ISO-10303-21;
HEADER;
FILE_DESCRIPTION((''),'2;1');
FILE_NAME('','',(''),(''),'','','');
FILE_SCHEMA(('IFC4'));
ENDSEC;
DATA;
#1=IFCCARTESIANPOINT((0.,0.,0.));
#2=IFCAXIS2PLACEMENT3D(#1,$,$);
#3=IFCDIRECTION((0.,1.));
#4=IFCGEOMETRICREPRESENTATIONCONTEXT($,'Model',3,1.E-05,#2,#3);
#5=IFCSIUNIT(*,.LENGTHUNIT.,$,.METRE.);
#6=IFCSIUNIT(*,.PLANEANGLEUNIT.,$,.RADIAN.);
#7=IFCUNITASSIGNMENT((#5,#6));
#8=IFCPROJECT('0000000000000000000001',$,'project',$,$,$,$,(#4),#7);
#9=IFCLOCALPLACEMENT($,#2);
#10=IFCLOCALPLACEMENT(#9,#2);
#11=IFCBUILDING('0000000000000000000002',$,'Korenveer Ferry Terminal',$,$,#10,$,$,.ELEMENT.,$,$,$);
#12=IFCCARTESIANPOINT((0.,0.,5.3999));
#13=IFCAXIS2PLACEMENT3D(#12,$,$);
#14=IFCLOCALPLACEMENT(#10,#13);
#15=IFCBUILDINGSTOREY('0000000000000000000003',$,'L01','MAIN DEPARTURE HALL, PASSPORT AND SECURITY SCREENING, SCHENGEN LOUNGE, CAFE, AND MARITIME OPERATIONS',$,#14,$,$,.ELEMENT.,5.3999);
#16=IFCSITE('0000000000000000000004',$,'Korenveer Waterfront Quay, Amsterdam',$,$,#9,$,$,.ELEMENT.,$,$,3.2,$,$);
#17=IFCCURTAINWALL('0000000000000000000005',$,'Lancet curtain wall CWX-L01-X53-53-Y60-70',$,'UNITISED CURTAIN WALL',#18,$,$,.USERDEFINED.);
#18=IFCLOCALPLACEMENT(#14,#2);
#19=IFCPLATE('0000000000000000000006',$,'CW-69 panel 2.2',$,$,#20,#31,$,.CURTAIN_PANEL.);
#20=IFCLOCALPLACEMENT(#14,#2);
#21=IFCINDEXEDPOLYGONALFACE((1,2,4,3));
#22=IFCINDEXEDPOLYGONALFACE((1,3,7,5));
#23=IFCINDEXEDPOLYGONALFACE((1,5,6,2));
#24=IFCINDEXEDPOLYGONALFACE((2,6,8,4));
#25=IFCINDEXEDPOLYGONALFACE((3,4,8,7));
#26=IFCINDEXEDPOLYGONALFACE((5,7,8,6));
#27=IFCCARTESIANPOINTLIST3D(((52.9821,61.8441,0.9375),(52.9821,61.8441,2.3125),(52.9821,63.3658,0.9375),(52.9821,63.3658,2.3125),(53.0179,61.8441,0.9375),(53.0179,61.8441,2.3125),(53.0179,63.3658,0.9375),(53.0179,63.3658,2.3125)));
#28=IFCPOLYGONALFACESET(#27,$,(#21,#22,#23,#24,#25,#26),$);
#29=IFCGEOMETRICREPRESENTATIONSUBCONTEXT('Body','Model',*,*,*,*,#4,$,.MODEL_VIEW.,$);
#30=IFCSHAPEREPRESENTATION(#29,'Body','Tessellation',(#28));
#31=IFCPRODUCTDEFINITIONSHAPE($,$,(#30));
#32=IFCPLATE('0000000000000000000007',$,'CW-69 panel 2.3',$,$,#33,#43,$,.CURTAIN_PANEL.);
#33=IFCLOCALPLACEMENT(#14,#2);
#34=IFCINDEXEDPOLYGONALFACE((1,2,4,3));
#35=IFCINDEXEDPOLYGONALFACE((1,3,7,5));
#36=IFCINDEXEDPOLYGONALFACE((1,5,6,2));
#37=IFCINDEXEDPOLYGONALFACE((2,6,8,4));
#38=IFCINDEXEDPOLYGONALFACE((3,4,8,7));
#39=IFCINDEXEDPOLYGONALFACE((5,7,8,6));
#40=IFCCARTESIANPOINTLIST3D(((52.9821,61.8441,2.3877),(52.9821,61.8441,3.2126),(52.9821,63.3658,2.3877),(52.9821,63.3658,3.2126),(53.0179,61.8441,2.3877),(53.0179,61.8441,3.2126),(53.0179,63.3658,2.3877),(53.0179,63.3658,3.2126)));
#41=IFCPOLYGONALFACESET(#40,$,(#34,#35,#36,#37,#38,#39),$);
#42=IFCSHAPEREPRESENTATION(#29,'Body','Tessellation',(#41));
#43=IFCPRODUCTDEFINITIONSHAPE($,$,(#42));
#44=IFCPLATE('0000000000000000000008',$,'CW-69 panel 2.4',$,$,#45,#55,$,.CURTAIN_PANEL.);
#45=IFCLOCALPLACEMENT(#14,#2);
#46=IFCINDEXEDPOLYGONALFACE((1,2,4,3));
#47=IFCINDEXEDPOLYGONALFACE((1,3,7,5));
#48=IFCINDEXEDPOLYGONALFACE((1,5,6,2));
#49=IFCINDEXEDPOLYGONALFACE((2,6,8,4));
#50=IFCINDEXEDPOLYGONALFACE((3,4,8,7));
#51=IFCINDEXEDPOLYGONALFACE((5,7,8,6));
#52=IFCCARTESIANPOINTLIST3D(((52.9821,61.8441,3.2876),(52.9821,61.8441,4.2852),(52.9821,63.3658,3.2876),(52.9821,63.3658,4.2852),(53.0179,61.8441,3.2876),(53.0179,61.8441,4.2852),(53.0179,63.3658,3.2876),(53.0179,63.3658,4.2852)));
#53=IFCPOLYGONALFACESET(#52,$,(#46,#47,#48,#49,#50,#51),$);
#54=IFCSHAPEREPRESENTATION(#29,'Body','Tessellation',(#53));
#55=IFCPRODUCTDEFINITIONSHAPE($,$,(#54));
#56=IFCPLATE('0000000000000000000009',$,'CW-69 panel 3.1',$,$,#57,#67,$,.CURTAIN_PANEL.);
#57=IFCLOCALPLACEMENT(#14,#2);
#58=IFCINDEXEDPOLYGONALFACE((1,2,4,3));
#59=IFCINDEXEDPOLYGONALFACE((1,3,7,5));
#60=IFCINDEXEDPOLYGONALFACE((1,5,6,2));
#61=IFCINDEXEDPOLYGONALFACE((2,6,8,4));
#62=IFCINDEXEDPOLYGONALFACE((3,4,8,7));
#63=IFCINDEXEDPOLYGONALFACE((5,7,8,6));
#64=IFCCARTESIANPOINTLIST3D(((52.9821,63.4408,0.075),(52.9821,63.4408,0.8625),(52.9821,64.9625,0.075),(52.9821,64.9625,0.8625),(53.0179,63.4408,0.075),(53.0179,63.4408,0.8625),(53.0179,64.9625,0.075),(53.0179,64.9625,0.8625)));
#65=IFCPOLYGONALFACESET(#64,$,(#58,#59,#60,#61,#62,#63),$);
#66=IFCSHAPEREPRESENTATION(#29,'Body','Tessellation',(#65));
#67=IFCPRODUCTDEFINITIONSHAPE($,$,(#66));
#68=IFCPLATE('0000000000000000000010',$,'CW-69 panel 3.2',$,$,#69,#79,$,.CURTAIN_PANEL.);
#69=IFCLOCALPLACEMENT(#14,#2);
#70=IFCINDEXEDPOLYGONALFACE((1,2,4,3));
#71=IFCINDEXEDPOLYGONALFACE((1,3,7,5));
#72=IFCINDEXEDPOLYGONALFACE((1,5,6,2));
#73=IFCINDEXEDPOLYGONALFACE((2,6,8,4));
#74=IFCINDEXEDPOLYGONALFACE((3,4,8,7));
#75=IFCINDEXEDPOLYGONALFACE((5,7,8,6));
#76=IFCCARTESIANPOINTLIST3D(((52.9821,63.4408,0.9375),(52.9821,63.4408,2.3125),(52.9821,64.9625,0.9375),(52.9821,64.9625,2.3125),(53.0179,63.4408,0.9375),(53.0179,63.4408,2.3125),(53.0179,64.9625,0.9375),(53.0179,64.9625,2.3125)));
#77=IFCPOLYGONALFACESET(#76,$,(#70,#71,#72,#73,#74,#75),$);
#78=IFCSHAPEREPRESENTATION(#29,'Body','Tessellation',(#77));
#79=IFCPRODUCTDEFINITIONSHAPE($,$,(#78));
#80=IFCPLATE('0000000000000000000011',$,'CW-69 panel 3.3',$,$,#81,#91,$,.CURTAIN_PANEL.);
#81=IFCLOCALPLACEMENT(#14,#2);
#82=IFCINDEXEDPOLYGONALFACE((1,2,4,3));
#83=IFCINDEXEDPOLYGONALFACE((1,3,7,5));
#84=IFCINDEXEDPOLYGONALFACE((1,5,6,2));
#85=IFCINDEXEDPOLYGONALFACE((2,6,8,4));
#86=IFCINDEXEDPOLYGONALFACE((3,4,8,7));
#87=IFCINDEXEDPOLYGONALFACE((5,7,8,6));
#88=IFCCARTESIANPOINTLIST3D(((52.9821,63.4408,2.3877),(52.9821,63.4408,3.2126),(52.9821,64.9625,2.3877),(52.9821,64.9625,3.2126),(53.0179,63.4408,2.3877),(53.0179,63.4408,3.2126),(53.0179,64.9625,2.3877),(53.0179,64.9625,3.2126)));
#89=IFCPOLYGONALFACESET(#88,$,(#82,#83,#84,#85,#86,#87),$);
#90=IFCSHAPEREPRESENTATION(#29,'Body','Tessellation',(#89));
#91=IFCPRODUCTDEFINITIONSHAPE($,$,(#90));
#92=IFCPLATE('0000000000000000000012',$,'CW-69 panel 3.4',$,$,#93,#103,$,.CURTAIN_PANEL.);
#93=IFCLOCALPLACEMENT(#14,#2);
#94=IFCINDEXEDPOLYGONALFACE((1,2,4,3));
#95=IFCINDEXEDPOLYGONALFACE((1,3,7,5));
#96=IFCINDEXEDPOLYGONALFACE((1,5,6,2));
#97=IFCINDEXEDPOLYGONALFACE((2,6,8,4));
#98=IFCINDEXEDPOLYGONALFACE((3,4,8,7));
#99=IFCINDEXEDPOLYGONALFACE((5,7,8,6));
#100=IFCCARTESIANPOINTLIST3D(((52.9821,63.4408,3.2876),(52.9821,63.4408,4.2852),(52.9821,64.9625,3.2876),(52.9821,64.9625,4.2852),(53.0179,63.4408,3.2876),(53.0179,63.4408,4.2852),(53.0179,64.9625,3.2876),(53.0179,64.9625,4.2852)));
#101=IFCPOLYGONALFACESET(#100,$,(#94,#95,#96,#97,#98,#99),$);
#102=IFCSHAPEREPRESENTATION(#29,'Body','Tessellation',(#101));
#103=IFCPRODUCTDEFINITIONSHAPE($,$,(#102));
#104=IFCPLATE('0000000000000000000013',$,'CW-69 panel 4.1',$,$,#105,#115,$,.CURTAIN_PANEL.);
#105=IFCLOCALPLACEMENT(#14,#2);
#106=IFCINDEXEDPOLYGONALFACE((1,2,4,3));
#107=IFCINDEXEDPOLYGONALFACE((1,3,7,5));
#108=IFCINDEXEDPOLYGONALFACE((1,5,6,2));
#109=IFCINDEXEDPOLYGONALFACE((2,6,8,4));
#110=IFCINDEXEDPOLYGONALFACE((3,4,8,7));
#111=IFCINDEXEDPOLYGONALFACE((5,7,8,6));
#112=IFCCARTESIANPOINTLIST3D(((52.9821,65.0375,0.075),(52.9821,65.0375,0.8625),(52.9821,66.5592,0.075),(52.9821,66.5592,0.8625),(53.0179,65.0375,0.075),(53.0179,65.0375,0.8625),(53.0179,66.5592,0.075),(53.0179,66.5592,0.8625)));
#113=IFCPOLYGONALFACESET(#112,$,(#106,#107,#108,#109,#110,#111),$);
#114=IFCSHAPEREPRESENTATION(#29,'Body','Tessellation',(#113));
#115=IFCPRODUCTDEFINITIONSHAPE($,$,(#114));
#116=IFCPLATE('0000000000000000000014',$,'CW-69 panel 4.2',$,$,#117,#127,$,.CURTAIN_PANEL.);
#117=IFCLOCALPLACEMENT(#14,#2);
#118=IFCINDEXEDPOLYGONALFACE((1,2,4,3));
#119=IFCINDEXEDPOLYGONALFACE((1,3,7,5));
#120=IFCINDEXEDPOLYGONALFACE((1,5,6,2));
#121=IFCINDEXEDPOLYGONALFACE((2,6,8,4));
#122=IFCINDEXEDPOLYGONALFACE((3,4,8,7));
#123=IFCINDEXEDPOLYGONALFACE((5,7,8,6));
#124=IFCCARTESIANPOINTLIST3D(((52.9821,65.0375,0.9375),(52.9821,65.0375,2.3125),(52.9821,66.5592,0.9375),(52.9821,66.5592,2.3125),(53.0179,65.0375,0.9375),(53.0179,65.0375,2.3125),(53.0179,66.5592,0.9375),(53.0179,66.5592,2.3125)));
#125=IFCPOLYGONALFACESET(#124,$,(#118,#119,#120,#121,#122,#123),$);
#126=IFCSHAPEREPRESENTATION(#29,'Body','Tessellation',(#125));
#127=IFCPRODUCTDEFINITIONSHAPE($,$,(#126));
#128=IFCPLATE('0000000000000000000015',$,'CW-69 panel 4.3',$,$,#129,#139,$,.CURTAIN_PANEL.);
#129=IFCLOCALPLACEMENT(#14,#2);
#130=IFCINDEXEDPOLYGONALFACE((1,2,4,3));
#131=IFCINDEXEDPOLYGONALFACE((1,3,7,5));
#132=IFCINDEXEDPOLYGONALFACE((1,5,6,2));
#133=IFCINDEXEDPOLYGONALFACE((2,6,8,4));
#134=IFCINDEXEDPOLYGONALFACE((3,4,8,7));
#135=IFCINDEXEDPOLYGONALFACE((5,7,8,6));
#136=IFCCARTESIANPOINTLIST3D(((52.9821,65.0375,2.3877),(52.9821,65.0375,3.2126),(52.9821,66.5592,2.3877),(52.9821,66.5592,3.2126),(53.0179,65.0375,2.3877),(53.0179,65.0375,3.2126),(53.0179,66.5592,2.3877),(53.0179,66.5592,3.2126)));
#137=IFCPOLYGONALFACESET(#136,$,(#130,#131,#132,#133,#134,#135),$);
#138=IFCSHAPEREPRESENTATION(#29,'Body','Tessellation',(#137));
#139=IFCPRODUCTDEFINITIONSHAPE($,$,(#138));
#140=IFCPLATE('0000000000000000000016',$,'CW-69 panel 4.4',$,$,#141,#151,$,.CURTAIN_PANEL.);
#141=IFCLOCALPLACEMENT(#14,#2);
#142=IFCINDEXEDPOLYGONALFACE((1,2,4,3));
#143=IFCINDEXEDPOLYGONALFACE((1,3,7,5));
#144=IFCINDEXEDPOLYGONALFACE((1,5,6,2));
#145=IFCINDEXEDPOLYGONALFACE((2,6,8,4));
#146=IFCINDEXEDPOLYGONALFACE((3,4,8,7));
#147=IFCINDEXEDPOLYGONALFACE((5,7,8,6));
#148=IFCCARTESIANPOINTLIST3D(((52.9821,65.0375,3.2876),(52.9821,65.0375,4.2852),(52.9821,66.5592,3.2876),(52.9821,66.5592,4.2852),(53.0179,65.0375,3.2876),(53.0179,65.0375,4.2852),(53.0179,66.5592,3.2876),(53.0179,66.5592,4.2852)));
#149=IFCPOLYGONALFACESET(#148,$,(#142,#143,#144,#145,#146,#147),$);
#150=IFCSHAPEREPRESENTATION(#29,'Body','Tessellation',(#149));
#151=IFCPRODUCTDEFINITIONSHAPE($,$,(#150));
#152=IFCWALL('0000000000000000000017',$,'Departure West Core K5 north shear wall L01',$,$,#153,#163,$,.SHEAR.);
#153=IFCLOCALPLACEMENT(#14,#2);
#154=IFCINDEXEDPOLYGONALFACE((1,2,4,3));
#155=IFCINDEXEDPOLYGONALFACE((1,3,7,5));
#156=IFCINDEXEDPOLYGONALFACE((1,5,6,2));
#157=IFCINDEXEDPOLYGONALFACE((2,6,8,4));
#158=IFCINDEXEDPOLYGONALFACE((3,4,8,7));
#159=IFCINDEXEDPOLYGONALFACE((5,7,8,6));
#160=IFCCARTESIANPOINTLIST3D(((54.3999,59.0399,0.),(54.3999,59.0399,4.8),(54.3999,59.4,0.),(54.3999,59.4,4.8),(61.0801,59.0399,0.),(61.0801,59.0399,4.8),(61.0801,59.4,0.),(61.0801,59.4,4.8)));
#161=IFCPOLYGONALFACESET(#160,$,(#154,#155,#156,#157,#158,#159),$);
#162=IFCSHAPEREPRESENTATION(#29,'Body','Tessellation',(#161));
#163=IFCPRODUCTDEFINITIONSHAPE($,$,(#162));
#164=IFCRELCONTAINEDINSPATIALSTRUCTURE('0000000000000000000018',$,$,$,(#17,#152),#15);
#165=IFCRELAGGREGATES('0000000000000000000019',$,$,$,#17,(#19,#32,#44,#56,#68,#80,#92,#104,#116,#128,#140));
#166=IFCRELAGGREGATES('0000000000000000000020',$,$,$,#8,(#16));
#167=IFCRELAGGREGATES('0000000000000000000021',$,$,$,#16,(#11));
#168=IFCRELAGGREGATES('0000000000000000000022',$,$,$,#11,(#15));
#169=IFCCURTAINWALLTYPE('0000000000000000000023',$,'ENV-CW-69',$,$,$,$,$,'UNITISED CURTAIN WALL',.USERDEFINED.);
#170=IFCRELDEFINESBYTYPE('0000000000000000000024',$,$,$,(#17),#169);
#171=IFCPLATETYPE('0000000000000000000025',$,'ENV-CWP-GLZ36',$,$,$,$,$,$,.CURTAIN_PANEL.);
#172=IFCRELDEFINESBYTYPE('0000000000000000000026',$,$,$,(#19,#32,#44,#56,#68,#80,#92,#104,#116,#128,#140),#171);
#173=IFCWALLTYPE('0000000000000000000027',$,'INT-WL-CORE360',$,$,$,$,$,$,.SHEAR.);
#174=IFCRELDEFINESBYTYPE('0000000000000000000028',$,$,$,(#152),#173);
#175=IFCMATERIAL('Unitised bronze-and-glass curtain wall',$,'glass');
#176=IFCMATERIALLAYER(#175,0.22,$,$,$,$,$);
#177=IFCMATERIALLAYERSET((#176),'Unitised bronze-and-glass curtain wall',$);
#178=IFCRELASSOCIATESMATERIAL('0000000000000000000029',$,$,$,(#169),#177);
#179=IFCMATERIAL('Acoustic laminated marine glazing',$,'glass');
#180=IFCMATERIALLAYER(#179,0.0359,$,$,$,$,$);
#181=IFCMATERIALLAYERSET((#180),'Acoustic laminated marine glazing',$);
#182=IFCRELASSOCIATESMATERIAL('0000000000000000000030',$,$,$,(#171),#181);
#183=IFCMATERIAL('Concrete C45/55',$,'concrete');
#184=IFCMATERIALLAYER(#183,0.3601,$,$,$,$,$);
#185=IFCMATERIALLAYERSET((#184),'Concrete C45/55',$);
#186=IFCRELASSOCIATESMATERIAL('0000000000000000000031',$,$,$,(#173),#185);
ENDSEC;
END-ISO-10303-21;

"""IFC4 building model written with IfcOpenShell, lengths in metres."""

from ifc_helpers import new_model, si_unit, direction, frame, frame_2d, origin, origin_2d, place, context, subcontext, project, spatial, rectangle, extrude, material, layer, layer_set, type_object, element, aggregate, save


model = new_model("IFC4")

# Units and contexts
model_context = context("Model", 3, precision=1e-05, world=origin(), true_north=direction((0.0, 1.0)))
body_context = subcontext(model_context, "Body", "Model", "MODEL_VIEW")
ifc_project = project(units=[si_unit("LENGTHUNIT", "METRE"), si_unit("PLANEANGLEUNIT", "RADIAN")], contexts=[model_context])

# Site, building, storey
site_placement = place(None, origin())
site = spatial("IfcSite", under=ifc_project, at=site_placement, Name="Korenveer Waterfront Quay, Amsterdam", CompositionType="ELEMENT", RefElevation=3.2)
building_placement = place(site_placement, origin())
building = spatial("IfcBuilding", under=site, at=building_placement, Name="Korenveer Ferry Terminal", CompositionType="ELEMENT")
storey_placement = place(building_placement, frame((0.0, 0.0, 5.3999)))
storey = spatial("IfcBuildingStorey", under=building, at=storey_placement, Name="L01", Description="MAIN DEPARTURE HALL, PASSPORT AND SECURITY SCREENING, SCHENGEN LOUNGE, CAFE, AND MARITIME OPERATIONS", CompositionType="ELEMENT", Elevation=5.3999)

# Curtain wall
ifc_material_1 = material(Name="Unitised bronze-and-glass curtain wall", Category="glass")
ifc_layer_1 = layer(ifc_material_1, 0.22)
ifc_layer_set_1 = layer_set([ifc_layer_1], Name="Unitised bronze-and-glass curtain wall")
curtain_wall_type = type_object("IfcCurtainWallType", Name="ENV-CW-69", ElementType="UNITISED CURTAIN WALL", PredefinedType="USERDEFINED", material=ifc_layer_set_1)
curtain_wall_placement = place(storey_placement, frame((53.0, 60.21, 0.0)))
curtain_wall = element("IfcCurtainWall", 1, at=curtain_wall_placement, inside=storey, type_object=curtain_wall_type, Name="Lancet curtain wall CWX-L01-X53-53-Y60-70", ObjectType="UNITISED CURTAIN WALL", PredefinedType="USERDEFINED")

# Plates
ifc_material_2 = material(Name="Acoustic laminated marine glazing", Category="glass")
ifc_layer_2 = layer(ifc_material_2, 0.0359)
ifc_layer_set_2 = layer_set([ifc_layer_2], Name="Acoustic laminated marine glazing")
plate_type = type_object("IfcPlateType", Name="ENV-CWP-GLZ36", PredefinedType="CURTAIN_PANEL", material=ifc_layer_set_2)
plate_1_placement = place(storey_placement, frame((53.0, 62.605, 0.9375), z_axis=(0.0, 0.0, 1.0), x_axis=(0.0, 1.0, 0.0)))
plate_1 = element("IfcPlate", 2, at=plate_1_placement, type_object=plate_type, Name="CW-69 panel 2.2", PredefinedType="CURTAIN_PANEL", context=body_context, shape_type="SweptSolid", body=[
    extrude(rectangle(XDim=1.5217, YDim=0.0359, at=origin_2d()), origin(), (0.0, 0.0, 1.0), 1.375),
])
plate_2_placement = place(storey_placement, frame((53.0, 62.605, 2.3877), z_axis=(0.0, 0.0, 1.0), x_axis=(0.0, 1.0, 0.0)))
plate_2 = element("IfcPlate", 3, at=plate_2_placement, type_object=plate_type, Name="CW-69 panel 2.3", PredefinedType="CURTAIN_PANEL", context=body_context, shape_type="SweptSolid", body=[
    extrude(rectangle(XDim=1.5217, YDim=0.0359, at=origin_2d()), origin(), (0.0, 0.0, 1.0), 0.825),
])
plate_3_placement = place(storey_placement, frame((53.0, 62.605, 3.2876), z_axis=(0.0, 0.0, 1.0), x_axis=(0.0, 1.0, 0.0)))
plate_3 = element("IfcPlate", 4, at=plate_3_placement, type_object=plate_type, Name="CW-69 panel 2.4", PredefinedType="CURTAIN_PANEL", context=body_context, shape_type="SweptSolid", body=[
    extrude(rectangle(XDim=1.5217, YDim=0.0359, at=origin_2d()), origin(), (0.0, 0.0, 1.0), 0.9976),
])
plate_4_placement = place(storey_placement, frame((53.0, 64.2017, 0.075), z_axis=(0.0, 0.0, 1.0), x_axis=(0.0, 1.0, 0.0)))
plate_4 = element("IfcPlate", 5, at=plate_4_placement, type_object=plate_type, Name="CW-69 panel 3.1", PredefinedType="CURTAIN_PANEL", context=body_context, shape_type="SweptSolid", body=[
    extrude(rectangle(XDim=1.5217, YDim=0.0359, at=origin_2d()), origin(), (0.0, 0.0, 1.0), 0.7876),
])
plate_5_placement = place(storey_placement, frame((53.0, 64.2017, 0.9375), z_axis=(0.0, 0.0, 1.0), x_axis=(0.0, 1.0, 0.0)))
plate_5 = element("IfcPlate", 6, at=plate_5_placement, type_object=plate_type, Name="CW-69 panel 3.2", PredefinedType="CURTAIN_PANEL", context=body_context, shape_type="SweptSolid", body=[
    extrude(rectangle(XDim=1.5217, YDim=0.0359, at=origin_2d()), origin(), (0.0, 0.0, 1.0), 1.375),
])
plate_6_placement = place(storey_placement, frame((53.0, 64.2017, 2.3877), z_axis=(0.0, 0.0, 1.0), x_axis=(0.0, 1.0, 0.0)))
plate_6 = element("IfcPlate", 7, at=plate_6_placement, type_object=plate_type, Name="CW-69 panel 3.3", PredefinedType="CURTAIN_PANEL", context=body_context, shape_type="SweptSolid", body=[
    extrude(rectangle(XDim=1.5217, YDim=0.0359, at=origin_2d()), origin(), (0.0, 0.0, 1.0), 0.825),
])
plate_7_placement = place(storey_placement, frame((53.0, 64.2017, 3.2876), z_axis=(0.0, 0.0, 1.0), x_axis=(0.0, 1.0, 0.0)))
plate_7 = element("IfcPlate", 8, at=plate_7_placement, type_object=plate_type, Name="CW-69 panel 3.4", PredefinedType="CURTAIN_PANEL", context=body_context, shape_type="SweptSolid", body=[
    extrude(rectangle(XDim=1.5217, YDim=0.0359, at=origin_2d()), origin(), (0.0, 0.0, 1.0), 0.9976),
])
plate_8_placement = place(storey_placement, frame((53.0, 65.7983, 0.075), z_axis=(0.0, 0.0, 1.0), x_axis=(0.0, 1.0, 0.0)))
plate_8 = element("IfcPlate", 9, at=plate_8_placement, type_object=plate_type, Name="CW-69 panel 4.1", PredefinedType="CURTAIN_PANEL", context=body_context, shape_type="SweptSolid", body=[
    extrude(rectangle(XDim=1.5217, YDim=0.0359, at=origin_2d()), origin(), (0.0, 0.0, 1.0), 0.7876),
])
plate_9_placement = place(storey_placement, frame((53.0, 65.7983, 0.9375), z_axis=(0.0, 0.0, 1.0), x_axis=(0.0, 1.0, 0.0)))
plate_9 = element("IfcPlate", 10, at=plate_9_placement, type_object=plate_type, Name="CW-69 panel 4.2", PredefinedType="CURTAIN_PANEL", context=body_context, shape_type="SweptSolid", body=[
    extrude(rectangle(XDim=1.5217, YDim=0.0359, at=origin_2d()), origin(), (0.0, 0.0, 1.0), 1.375),
])
plate_10_placement = place(storey_placement, frame((53.0, 65.7983, 2.3877), z_axis=(0.0, 0.0, 1.0), x_axis=(0.0, 1.0, 0.0)))
plate_10 = element("IfcPlate", 11, at=plate_10_placement, type_object=plate_type, Name="CW-69 panel 4.3", PredefinedType="CURTAIN_PANEL", context=body_context, shape_type="SweptSolid", body=[
    extrude(rectangle(XDim=1.5217, YDim=0.0359, at=origin_2d()), origin(), (0.0, 0.0, 1.0), 0.825),
])
plate_11_placement = place(storey_placement, frame((53.0, 65.7983, 3.2876), z_axis=(0.0, 0.0, 1.0), x_axis=(0.0, 1.0, 0.0)))
plate_11 = element("IfcPlate", 12, at=plate_11_placement, type_object=plate_type, Name="CW-69 panel 4.4", PredefinedType="CURTAIN_PANEL", context=body_context, shape_type="SweptSolid", body=[
    extrude(rectangle(XDim=1.5217, YDim=0.0359, at=origin_2d()), origin(), (0.0, 0.0, 1.0), 0.9976),
])
aggregate(curtain_wall, [plate_1, plate_2, plate_3, plate_4, plate_5, plate_6, plate_7, plate_8, plate_9, plate_10, plate_11])

# Wall
ifc_material_3 = material(Name="Concrete C45/55", Category="concrete")
ifc_layer_3 = layer(ifc_material_3, 0.3601)
ifc_layer_set_3 = layer_set([ifc_layer_3], Name="Concrete C45/55")
wall_type = type_object("IfcWallType", Name="INT-WL-CORE360", PredefinedType="SHEAR", material=ifc_layer_set_3)
wall_placement = place(storey_placement, frame((54.3999, 59.22, 0.0), z_axis=(0.0, 0.0, 1.0), x_axis=(1.0, 0.0, 0.0)))
element("IfcWall", 13, at=wall_placement, inside=storey, type_object=wall_type, Name="Departure West Core K5 north shear wall L01", PredefinedType="SHEAR", context=body_context, shape_type="SweptSolid", body=[
    extrude(rectangle(XDim=6.6802, YDim=0.3601, at=frame_2d((3.3401, 0.0))), origin(), (0.0, 0.0, 1.0), 4.8),
])

save(model, "model.ifc")
